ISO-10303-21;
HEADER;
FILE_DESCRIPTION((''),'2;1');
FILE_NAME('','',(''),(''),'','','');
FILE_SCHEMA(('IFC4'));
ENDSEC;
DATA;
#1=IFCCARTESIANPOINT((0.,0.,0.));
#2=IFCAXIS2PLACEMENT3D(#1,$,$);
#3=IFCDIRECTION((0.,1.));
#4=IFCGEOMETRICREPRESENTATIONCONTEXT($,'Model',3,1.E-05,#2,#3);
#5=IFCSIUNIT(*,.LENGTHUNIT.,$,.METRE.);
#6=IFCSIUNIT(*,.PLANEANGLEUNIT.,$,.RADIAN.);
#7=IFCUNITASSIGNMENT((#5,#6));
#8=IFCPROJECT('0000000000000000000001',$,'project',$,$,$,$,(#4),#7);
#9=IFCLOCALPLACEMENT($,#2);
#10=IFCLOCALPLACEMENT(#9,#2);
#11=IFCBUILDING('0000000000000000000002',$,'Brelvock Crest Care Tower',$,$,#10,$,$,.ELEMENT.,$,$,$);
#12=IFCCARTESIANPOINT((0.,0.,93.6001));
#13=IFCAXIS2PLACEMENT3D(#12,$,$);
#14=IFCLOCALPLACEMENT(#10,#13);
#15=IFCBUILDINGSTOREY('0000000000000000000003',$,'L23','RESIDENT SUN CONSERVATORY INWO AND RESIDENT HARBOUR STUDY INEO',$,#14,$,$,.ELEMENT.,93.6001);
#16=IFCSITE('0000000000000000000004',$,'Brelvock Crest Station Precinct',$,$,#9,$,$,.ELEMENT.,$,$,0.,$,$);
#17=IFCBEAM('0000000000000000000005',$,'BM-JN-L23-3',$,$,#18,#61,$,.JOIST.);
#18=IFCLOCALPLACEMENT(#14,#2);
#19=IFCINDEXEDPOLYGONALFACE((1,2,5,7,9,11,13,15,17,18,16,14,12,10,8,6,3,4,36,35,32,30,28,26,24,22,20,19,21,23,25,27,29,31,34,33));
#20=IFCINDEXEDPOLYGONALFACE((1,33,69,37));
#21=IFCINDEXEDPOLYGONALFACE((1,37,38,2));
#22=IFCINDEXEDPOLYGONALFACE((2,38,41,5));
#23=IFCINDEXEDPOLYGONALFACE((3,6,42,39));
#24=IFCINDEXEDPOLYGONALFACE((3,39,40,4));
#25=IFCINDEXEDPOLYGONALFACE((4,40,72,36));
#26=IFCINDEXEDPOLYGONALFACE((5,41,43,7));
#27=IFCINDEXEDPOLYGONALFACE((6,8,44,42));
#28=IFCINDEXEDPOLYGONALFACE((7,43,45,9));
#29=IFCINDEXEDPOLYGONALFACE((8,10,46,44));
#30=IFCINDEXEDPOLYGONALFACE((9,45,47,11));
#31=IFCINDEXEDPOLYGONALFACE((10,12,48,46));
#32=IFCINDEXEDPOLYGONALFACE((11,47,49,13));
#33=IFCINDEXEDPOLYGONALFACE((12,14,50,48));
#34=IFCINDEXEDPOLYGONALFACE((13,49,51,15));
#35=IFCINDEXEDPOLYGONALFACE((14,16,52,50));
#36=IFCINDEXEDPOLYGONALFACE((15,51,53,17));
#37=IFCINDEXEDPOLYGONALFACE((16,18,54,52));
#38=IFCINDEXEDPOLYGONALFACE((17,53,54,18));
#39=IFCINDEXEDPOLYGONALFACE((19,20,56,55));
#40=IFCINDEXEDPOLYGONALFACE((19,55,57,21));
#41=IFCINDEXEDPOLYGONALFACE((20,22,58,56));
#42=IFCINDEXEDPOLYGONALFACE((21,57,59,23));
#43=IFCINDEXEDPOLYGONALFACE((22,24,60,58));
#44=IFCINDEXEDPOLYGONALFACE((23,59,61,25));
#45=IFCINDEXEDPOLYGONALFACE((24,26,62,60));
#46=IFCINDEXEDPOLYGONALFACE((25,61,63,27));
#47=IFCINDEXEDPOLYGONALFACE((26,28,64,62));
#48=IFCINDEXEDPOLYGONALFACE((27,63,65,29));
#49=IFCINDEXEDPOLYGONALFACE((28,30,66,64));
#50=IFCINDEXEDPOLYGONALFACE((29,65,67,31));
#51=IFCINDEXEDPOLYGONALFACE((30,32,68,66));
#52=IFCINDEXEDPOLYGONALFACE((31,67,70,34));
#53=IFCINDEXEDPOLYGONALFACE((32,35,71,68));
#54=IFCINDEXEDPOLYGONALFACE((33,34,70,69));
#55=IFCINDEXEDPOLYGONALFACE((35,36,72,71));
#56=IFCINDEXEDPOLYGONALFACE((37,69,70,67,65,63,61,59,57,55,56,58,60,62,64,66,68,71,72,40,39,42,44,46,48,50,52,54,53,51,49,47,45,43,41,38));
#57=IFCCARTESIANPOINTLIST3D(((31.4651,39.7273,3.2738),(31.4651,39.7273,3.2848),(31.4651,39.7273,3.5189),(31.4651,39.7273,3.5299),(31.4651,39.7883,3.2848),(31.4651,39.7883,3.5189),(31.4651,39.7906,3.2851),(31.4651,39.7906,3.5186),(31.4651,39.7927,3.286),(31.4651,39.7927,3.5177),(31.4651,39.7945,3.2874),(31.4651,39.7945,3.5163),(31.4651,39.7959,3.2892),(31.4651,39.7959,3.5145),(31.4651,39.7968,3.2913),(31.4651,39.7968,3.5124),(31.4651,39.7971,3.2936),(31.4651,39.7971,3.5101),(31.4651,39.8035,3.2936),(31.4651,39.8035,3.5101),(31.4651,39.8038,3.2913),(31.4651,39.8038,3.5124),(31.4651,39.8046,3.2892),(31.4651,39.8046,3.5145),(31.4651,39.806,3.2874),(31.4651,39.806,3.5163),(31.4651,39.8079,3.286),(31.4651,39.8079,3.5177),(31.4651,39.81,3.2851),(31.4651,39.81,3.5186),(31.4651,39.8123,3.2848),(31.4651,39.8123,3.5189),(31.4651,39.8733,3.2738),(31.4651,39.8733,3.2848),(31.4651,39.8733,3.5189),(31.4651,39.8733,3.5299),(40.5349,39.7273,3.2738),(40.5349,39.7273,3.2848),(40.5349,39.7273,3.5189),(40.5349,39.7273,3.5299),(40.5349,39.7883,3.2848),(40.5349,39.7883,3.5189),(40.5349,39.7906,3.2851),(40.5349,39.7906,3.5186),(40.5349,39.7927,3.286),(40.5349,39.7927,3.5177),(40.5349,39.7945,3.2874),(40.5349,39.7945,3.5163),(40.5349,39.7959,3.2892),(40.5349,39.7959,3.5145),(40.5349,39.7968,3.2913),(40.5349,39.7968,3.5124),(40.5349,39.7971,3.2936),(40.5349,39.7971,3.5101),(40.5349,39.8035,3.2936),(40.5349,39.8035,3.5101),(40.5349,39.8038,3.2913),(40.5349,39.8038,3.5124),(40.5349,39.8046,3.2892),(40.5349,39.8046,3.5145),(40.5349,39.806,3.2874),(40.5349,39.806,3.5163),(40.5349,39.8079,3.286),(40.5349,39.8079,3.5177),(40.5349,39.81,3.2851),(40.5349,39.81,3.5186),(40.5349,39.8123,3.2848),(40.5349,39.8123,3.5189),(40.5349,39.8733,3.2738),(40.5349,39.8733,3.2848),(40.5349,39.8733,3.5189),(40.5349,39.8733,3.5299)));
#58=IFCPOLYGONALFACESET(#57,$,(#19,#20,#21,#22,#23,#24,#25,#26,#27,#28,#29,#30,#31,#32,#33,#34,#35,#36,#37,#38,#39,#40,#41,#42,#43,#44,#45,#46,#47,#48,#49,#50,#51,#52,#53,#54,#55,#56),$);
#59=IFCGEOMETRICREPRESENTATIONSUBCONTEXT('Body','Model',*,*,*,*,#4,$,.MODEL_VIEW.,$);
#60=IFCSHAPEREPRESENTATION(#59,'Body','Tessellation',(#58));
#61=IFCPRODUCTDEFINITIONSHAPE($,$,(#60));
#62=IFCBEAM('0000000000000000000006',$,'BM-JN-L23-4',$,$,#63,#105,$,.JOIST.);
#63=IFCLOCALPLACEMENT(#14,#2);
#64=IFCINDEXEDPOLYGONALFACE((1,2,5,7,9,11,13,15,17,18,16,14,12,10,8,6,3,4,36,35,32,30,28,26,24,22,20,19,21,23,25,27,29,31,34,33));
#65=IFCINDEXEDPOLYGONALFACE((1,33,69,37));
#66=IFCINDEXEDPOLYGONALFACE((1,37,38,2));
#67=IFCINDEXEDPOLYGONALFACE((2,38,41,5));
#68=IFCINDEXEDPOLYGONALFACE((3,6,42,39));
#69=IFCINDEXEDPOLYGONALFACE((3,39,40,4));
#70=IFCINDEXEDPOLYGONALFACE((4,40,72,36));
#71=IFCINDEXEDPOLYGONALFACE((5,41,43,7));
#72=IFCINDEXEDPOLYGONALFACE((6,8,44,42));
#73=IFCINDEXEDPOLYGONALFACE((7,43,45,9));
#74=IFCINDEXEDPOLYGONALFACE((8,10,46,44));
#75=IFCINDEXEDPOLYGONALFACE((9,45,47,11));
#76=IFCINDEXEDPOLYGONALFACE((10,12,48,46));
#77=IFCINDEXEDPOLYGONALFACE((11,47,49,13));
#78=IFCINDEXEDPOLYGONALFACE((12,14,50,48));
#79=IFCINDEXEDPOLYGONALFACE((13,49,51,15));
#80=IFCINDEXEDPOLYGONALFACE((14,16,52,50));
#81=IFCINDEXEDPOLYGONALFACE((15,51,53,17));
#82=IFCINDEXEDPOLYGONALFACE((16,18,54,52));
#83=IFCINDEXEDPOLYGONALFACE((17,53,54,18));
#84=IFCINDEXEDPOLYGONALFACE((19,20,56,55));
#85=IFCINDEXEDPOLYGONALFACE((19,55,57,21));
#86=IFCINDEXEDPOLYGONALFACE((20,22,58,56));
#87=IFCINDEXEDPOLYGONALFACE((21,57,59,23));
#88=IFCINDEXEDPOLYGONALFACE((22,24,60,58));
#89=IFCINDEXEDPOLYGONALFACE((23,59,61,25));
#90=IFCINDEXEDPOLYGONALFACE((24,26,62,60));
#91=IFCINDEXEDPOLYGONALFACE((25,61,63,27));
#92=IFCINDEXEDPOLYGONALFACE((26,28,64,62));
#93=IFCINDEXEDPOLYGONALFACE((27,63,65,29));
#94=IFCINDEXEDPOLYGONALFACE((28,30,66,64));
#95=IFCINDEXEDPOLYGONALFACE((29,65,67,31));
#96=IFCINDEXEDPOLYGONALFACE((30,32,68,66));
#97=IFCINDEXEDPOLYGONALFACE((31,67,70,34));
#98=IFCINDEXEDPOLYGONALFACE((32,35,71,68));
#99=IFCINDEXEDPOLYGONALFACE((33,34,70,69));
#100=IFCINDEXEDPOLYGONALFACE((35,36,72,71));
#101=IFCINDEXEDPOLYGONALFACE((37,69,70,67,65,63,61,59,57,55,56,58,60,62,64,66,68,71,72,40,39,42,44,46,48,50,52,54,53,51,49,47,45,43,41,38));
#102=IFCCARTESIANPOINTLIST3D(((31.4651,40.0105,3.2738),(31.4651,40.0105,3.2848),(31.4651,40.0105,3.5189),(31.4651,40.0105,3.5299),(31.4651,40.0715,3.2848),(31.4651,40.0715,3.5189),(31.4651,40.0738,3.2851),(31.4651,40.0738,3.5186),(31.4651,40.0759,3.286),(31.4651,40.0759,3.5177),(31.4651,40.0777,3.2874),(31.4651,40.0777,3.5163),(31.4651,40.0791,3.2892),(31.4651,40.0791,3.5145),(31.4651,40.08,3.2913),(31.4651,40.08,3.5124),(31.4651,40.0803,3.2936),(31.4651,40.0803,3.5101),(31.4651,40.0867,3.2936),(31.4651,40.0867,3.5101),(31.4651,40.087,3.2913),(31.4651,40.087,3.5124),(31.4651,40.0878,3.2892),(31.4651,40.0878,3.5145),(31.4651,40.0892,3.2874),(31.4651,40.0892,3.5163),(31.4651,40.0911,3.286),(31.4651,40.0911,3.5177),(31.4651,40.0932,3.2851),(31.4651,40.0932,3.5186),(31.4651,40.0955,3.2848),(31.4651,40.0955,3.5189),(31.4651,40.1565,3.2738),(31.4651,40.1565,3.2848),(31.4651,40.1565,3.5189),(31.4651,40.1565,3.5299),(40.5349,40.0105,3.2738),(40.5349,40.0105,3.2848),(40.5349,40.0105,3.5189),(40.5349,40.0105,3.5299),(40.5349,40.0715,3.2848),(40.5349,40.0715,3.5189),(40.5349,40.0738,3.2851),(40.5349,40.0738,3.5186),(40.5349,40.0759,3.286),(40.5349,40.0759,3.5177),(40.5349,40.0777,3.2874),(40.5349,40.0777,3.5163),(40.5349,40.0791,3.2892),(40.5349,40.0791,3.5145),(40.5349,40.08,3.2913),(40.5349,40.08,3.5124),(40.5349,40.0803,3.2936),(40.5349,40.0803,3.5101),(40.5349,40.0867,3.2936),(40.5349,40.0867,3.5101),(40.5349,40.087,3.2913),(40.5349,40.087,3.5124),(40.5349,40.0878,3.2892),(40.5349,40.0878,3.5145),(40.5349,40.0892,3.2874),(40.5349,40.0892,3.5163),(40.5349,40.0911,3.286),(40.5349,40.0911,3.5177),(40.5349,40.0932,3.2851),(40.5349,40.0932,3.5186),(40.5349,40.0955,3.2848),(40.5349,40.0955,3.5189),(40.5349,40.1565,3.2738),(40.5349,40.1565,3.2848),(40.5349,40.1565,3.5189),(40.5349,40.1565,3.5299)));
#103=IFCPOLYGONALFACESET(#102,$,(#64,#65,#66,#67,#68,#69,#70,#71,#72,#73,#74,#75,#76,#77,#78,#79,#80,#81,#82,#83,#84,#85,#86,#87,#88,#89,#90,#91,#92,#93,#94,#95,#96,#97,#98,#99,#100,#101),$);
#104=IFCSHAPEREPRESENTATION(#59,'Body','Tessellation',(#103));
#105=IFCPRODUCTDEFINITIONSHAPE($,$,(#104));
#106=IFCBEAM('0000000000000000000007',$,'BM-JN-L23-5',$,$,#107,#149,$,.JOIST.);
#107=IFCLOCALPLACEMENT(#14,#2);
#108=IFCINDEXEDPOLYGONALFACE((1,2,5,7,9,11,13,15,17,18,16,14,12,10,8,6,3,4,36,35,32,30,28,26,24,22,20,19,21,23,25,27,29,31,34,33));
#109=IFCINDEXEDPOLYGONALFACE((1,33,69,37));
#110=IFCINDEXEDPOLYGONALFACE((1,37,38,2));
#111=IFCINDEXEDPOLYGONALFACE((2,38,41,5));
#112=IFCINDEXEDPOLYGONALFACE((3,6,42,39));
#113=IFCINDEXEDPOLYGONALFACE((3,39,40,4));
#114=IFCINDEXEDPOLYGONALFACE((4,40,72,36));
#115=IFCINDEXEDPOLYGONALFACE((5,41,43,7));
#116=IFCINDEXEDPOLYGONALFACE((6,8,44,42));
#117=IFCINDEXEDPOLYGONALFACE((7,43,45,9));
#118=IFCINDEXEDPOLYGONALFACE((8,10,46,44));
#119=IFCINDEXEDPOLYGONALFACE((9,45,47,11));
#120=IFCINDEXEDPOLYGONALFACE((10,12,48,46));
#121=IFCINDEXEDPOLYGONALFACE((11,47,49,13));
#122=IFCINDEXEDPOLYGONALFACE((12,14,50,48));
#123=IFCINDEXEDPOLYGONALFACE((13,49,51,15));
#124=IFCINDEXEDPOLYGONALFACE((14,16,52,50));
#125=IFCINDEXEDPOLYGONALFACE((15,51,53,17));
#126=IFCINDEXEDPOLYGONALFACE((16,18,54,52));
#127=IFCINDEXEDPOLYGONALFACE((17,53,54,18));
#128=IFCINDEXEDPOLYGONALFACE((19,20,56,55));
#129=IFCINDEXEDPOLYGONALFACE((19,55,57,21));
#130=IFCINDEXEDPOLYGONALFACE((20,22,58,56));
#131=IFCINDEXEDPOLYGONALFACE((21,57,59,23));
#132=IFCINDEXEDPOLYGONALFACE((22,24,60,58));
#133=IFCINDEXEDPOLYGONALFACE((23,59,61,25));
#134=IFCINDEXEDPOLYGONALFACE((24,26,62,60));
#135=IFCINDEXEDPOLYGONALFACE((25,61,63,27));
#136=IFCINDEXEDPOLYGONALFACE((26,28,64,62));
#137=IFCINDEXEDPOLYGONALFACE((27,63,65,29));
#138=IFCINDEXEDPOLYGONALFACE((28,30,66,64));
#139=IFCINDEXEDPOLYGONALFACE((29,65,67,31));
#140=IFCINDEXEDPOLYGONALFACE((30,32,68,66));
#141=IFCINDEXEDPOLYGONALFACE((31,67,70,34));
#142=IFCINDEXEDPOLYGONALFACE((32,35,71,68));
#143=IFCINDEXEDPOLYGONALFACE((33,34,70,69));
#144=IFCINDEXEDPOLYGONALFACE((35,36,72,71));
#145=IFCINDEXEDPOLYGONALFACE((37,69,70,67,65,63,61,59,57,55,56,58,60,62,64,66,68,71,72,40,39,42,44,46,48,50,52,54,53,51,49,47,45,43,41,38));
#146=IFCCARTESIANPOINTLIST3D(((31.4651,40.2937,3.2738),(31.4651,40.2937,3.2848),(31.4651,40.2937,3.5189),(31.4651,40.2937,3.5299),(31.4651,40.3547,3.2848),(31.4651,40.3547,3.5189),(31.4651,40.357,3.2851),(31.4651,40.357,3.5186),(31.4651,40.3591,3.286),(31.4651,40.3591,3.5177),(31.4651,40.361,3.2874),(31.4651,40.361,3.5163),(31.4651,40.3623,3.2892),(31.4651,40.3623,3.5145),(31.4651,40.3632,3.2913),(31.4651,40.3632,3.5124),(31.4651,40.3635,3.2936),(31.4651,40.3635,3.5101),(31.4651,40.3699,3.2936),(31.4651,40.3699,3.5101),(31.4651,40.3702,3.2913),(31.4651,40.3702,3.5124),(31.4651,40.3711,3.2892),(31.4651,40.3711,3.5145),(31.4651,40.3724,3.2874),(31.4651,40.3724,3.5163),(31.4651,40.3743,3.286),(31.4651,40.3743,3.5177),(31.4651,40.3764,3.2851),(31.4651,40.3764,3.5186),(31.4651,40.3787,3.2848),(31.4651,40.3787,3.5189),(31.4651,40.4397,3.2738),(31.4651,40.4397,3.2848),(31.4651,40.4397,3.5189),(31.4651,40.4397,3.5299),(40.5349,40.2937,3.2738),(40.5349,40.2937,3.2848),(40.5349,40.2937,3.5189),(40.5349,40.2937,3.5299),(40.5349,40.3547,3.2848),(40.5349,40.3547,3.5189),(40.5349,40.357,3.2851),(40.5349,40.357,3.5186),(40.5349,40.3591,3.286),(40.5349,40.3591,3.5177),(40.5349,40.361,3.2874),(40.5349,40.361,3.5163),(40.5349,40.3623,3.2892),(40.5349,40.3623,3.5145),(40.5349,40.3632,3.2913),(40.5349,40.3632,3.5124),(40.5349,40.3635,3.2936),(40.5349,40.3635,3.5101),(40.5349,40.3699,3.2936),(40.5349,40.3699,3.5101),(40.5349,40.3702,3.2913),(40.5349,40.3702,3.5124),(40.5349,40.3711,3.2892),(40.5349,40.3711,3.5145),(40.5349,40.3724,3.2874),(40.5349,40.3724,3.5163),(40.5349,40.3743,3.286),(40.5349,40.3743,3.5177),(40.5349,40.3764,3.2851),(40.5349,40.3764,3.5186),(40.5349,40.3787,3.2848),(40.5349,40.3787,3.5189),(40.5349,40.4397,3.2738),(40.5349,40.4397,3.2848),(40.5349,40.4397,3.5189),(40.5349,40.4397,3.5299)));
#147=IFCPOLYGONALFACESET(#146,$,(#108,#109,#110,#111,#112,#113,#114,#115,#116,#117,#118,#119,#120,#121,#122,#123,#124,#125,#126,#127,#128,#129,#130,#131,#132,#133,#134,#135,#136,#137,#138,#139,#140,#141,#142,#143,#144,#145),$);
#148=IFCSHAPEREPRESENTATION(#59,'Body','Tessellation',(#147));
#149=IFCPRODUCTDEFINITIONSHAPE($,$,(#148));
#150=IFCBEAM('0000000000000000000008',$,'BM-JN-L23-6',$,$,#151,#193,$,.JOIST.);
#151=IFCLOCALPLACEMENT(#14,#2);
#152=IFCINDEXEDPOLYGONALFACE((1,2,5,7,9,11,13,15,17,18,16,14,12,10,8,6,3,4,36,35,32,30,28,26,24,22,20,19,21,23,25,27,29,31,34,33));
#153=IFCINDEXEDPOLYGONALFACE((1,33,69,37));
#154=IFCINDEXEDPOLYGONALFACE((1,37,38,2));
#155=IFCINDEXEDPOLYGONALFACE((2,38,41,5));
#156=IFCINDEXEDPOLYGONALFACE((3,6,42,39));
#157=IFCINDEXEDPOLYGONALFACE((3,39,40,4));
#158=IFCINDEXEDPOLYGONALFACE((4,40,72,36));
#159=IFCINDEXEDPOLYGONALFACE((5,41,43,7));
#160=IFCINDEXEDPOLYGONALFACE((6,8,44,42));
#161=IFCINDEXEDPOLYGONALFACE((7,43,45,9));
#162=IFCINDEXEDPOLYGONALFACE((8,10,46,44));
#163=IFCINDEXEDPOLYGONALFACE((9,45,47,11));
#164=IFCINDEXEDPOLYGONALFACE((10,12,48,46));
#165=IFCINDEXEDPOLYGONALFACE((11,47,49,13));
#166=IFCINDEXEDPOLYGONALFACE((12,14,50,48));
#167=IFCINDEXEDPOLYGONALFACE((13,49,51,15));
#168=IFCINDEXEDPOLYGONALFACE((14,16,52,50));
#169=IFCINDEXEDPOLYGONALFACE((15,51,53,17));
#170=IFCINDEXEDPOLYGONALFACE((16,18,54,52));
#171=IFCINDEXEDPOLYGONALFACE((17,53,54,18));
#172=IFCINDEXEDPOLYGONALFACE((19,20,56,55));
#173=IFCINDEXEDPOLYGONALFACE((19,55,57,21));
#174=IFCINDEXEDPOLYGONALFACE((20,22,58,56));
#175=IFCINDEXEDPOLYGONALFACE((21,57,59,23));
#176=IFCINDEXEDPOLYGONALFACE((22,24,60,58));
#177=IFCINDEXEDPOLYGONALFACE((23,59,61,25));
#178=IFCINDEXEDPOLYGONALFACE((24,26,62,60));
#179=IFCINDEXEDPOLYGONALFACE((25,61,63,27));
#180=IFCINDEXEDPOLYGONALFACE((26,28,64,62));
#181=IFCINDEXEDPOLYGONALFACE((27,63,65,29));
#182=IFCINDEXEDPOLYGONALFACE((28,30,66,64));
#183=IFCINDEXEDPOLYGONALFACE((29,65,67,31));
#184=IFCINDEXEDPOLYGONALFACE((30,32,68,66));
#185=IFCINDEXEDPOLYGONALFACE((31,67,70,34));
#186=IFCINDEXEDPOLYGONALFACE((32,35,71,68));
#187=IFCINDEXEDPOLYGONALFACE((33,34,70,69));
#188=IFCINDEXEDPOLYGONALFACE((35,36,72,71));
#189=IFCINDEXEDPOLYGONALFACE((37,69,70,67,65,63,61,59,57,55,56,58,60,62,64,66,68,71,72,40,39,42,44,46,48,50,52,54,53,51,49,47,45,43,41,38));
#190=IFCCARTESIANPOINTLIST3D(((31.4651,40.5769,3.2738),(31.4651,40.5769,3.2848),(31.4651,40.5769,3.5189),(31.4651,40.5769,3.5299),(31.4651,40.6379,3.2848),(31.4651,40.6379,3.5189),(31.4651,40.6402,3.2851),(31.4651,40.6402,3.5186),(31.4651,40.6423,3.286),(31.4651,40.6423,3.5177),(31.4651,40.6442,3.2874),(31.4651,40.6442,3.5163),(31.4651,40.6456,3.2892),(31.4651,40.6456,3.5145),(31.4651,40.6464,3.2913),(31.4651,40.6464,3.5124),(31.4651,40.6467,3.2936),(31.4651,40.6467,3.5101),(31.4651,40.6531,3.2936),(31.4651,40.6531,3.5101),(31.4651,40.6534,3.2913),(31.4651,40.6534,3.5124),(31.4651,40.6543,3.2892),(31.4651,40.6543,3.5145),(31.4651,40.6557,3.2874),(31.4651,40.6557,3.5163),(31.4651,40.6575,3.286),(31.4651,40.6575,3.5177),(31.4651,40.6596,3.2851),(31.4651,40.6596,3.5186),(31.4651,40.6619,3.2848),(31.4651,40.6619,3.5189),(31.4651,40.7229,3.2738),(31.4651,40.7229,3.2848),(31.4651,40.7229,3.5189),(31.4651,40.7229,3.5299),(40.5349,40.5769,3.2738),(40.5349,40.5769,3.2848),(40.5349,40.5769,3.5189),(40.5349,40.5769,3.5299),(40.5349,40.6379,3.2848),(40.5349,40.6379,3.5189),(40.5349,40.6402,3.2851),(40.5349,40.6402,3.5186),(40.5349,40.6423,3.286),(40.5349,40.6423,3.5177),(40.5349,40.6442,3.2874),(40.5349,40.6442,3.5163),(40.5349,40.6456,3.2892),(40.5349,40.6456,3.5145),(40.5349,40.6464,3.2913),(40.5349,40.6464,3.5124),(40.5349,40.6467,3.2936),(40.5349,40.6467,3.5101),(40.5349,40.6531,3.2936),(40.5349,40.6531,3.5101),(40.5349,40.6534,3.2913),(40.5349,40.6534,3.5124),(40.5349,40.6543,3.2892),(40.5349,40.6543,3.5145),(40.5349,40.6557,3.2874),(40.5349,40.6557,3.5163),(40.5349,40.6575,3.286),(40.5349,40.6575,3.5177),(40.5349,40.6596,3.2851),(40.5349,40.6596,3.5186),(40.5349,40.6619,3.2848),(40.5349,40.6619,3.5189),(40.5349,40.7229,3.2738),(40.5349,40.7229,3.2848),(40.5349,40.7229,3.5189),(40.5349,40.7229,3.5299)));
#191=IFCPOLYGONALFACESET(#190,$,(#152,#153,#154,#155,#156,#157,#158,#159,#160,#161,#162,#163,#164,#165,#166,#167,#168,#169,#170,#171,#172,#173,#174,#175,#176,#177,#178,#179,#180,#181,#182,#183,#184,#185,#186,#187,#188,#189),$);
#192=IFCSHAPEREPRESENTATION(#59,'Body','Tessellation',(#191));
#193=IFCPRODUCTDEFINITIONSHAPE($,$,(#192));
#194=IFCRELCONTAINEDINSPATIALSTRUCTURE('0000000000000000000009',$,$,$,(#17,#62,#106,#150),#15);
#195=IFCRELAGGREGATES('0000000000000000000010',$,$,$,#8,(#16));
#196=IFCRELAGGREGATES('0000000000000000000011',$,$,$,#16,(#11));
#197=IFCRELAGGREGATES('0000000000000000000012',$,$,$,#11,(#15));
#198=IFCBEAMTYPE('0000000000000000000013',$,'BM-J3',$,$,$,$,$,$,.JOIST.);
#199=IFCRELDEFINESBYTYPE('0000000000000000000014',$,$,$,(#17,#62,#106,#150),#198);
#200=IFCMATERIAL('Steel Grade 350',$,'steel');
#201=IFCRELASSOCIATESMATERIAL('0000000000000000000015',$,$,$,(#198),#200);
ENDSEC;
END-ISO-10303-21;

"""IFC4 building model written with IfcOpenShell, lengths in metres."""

from ifc_helpers import new_model, si_unit, direction, frame, origin, origin_2d, place, context, subcontext, project, spatial, i_section, extrude, source, transform, mapped, material, material_profile, profile_set, type_object, element, save


model = new_model("IFC4")

# Units and contexts
model_context = context("Model", 3, precision=1e-05, world=origin(), true_north=direction((0.0, 1.0)))
body_context = subcontext(model_context, "Body", "Model", "MODEL_VIEW")
ifc_project = project(units=[si_unit("LENGTHUNIT", "METRE"), si_unit("PLANEANGLEUNIT", "RADIAN")], contexts=[model_context])

# Site, building, storey
site_placement = place(None, origin())
site = spatial("IfcSite", under=ifc_project, at=site_placement, Name="Brelvock Crest Station Precinct", CompositionType="ELEMENT", RefElevation=0.0)
building_placement = place(site_placement, origin())
building = spatial("IfcBuilding", under=site, at=building_placement, Name="Brelvock Crest Care Tower", CompositionType="ELEMENT")
storey_placement = place(building_placement, frame((0.0, 0.0, 93.6001)))
storey = spatial("IfcBuildingStorey", under=building, at=storey_placement, Name="L23", Description="RESIDENT SUN CONSERVATORY INWO AND RESIDENT HARBOUR STUDY INEO", CompositionType="ELEMENT", Elevation=93.6001)

# Beams
ifc_material_1 = material(Name="Steel Grade 350", Category="steel")
ifc_material_profile_1 = material_profile(ifc_material_1, i_section(OverallWidth=0.146, OverallDepth=0.2561, WebThickness=0.0063, FlangeThickness=0.011, FilletRadius=0.0088, at=origin_2d()), Name="250UB37.3")
ifc_profile_set_1 = profile_set([ifc_material_profile_1], Name="Steel Grade 350")
beam_type_1 = type_object("IfcBeamType", Name="BM-J3", PredefinedType="JOIST", material=ifc_profile_set_1)
shared_shape_1 = source(origin(), body_context, "Body", "SweptSolid", [
    extrude(i_section(OverallWidth=0.146, OverallDepth=0.2561, WebThickness=0.0063, FlangeThickness=0.011, FilletRadius=0.0088, at=origin_2d()), origin(), (0.0, 0.0, 1.0), 9.0698),
])
for number, where, z_axis, x_axis, name in (
    (1, (31.4651, 39.8003, 3.4019), (1.0, 0.0, 0.0), (0.0, 1.0, 0.0), "BM-JN-L23-3"),
    (2, (31.4651, 40.0835, 3.4019), (1.0, 0.0, 0.0), (0.0, 1.0, 0.0), "BM-JN-L23-4"),
    (3, (31.4651, 40.3667, 3.4019), (1.0, 0.0, 0.0), (0.0, 1.0, 0.0), "BM-JN-L23-5"),
    (4, (31.4651, 40.6499, 3.4019), (1.0, 0.0, 0.0), (0.0, 1.0, 0.0), "BM-JN-L23-6"),
):
    element("IfcBeam", number, at=place(storey_placement, frame(where, z_axis=z_axis, x_axis=x_axis)), inside=storey, type_object=beam_type_1, Name=name, PredefinedType="JOIST", context=body_context, shape_type="MappedRepresentation", body=[
        mapped(shared_shape_1, transform((0.0, 0.0, 0.0), x_axis=(1.0, 0.0, 0.0), y_axis=(0.0, 1.0, 0.0), z_axis=(0.0, 0.0, 1.0), scale=1.0)),
    ])

save(model, "model.ifc")
